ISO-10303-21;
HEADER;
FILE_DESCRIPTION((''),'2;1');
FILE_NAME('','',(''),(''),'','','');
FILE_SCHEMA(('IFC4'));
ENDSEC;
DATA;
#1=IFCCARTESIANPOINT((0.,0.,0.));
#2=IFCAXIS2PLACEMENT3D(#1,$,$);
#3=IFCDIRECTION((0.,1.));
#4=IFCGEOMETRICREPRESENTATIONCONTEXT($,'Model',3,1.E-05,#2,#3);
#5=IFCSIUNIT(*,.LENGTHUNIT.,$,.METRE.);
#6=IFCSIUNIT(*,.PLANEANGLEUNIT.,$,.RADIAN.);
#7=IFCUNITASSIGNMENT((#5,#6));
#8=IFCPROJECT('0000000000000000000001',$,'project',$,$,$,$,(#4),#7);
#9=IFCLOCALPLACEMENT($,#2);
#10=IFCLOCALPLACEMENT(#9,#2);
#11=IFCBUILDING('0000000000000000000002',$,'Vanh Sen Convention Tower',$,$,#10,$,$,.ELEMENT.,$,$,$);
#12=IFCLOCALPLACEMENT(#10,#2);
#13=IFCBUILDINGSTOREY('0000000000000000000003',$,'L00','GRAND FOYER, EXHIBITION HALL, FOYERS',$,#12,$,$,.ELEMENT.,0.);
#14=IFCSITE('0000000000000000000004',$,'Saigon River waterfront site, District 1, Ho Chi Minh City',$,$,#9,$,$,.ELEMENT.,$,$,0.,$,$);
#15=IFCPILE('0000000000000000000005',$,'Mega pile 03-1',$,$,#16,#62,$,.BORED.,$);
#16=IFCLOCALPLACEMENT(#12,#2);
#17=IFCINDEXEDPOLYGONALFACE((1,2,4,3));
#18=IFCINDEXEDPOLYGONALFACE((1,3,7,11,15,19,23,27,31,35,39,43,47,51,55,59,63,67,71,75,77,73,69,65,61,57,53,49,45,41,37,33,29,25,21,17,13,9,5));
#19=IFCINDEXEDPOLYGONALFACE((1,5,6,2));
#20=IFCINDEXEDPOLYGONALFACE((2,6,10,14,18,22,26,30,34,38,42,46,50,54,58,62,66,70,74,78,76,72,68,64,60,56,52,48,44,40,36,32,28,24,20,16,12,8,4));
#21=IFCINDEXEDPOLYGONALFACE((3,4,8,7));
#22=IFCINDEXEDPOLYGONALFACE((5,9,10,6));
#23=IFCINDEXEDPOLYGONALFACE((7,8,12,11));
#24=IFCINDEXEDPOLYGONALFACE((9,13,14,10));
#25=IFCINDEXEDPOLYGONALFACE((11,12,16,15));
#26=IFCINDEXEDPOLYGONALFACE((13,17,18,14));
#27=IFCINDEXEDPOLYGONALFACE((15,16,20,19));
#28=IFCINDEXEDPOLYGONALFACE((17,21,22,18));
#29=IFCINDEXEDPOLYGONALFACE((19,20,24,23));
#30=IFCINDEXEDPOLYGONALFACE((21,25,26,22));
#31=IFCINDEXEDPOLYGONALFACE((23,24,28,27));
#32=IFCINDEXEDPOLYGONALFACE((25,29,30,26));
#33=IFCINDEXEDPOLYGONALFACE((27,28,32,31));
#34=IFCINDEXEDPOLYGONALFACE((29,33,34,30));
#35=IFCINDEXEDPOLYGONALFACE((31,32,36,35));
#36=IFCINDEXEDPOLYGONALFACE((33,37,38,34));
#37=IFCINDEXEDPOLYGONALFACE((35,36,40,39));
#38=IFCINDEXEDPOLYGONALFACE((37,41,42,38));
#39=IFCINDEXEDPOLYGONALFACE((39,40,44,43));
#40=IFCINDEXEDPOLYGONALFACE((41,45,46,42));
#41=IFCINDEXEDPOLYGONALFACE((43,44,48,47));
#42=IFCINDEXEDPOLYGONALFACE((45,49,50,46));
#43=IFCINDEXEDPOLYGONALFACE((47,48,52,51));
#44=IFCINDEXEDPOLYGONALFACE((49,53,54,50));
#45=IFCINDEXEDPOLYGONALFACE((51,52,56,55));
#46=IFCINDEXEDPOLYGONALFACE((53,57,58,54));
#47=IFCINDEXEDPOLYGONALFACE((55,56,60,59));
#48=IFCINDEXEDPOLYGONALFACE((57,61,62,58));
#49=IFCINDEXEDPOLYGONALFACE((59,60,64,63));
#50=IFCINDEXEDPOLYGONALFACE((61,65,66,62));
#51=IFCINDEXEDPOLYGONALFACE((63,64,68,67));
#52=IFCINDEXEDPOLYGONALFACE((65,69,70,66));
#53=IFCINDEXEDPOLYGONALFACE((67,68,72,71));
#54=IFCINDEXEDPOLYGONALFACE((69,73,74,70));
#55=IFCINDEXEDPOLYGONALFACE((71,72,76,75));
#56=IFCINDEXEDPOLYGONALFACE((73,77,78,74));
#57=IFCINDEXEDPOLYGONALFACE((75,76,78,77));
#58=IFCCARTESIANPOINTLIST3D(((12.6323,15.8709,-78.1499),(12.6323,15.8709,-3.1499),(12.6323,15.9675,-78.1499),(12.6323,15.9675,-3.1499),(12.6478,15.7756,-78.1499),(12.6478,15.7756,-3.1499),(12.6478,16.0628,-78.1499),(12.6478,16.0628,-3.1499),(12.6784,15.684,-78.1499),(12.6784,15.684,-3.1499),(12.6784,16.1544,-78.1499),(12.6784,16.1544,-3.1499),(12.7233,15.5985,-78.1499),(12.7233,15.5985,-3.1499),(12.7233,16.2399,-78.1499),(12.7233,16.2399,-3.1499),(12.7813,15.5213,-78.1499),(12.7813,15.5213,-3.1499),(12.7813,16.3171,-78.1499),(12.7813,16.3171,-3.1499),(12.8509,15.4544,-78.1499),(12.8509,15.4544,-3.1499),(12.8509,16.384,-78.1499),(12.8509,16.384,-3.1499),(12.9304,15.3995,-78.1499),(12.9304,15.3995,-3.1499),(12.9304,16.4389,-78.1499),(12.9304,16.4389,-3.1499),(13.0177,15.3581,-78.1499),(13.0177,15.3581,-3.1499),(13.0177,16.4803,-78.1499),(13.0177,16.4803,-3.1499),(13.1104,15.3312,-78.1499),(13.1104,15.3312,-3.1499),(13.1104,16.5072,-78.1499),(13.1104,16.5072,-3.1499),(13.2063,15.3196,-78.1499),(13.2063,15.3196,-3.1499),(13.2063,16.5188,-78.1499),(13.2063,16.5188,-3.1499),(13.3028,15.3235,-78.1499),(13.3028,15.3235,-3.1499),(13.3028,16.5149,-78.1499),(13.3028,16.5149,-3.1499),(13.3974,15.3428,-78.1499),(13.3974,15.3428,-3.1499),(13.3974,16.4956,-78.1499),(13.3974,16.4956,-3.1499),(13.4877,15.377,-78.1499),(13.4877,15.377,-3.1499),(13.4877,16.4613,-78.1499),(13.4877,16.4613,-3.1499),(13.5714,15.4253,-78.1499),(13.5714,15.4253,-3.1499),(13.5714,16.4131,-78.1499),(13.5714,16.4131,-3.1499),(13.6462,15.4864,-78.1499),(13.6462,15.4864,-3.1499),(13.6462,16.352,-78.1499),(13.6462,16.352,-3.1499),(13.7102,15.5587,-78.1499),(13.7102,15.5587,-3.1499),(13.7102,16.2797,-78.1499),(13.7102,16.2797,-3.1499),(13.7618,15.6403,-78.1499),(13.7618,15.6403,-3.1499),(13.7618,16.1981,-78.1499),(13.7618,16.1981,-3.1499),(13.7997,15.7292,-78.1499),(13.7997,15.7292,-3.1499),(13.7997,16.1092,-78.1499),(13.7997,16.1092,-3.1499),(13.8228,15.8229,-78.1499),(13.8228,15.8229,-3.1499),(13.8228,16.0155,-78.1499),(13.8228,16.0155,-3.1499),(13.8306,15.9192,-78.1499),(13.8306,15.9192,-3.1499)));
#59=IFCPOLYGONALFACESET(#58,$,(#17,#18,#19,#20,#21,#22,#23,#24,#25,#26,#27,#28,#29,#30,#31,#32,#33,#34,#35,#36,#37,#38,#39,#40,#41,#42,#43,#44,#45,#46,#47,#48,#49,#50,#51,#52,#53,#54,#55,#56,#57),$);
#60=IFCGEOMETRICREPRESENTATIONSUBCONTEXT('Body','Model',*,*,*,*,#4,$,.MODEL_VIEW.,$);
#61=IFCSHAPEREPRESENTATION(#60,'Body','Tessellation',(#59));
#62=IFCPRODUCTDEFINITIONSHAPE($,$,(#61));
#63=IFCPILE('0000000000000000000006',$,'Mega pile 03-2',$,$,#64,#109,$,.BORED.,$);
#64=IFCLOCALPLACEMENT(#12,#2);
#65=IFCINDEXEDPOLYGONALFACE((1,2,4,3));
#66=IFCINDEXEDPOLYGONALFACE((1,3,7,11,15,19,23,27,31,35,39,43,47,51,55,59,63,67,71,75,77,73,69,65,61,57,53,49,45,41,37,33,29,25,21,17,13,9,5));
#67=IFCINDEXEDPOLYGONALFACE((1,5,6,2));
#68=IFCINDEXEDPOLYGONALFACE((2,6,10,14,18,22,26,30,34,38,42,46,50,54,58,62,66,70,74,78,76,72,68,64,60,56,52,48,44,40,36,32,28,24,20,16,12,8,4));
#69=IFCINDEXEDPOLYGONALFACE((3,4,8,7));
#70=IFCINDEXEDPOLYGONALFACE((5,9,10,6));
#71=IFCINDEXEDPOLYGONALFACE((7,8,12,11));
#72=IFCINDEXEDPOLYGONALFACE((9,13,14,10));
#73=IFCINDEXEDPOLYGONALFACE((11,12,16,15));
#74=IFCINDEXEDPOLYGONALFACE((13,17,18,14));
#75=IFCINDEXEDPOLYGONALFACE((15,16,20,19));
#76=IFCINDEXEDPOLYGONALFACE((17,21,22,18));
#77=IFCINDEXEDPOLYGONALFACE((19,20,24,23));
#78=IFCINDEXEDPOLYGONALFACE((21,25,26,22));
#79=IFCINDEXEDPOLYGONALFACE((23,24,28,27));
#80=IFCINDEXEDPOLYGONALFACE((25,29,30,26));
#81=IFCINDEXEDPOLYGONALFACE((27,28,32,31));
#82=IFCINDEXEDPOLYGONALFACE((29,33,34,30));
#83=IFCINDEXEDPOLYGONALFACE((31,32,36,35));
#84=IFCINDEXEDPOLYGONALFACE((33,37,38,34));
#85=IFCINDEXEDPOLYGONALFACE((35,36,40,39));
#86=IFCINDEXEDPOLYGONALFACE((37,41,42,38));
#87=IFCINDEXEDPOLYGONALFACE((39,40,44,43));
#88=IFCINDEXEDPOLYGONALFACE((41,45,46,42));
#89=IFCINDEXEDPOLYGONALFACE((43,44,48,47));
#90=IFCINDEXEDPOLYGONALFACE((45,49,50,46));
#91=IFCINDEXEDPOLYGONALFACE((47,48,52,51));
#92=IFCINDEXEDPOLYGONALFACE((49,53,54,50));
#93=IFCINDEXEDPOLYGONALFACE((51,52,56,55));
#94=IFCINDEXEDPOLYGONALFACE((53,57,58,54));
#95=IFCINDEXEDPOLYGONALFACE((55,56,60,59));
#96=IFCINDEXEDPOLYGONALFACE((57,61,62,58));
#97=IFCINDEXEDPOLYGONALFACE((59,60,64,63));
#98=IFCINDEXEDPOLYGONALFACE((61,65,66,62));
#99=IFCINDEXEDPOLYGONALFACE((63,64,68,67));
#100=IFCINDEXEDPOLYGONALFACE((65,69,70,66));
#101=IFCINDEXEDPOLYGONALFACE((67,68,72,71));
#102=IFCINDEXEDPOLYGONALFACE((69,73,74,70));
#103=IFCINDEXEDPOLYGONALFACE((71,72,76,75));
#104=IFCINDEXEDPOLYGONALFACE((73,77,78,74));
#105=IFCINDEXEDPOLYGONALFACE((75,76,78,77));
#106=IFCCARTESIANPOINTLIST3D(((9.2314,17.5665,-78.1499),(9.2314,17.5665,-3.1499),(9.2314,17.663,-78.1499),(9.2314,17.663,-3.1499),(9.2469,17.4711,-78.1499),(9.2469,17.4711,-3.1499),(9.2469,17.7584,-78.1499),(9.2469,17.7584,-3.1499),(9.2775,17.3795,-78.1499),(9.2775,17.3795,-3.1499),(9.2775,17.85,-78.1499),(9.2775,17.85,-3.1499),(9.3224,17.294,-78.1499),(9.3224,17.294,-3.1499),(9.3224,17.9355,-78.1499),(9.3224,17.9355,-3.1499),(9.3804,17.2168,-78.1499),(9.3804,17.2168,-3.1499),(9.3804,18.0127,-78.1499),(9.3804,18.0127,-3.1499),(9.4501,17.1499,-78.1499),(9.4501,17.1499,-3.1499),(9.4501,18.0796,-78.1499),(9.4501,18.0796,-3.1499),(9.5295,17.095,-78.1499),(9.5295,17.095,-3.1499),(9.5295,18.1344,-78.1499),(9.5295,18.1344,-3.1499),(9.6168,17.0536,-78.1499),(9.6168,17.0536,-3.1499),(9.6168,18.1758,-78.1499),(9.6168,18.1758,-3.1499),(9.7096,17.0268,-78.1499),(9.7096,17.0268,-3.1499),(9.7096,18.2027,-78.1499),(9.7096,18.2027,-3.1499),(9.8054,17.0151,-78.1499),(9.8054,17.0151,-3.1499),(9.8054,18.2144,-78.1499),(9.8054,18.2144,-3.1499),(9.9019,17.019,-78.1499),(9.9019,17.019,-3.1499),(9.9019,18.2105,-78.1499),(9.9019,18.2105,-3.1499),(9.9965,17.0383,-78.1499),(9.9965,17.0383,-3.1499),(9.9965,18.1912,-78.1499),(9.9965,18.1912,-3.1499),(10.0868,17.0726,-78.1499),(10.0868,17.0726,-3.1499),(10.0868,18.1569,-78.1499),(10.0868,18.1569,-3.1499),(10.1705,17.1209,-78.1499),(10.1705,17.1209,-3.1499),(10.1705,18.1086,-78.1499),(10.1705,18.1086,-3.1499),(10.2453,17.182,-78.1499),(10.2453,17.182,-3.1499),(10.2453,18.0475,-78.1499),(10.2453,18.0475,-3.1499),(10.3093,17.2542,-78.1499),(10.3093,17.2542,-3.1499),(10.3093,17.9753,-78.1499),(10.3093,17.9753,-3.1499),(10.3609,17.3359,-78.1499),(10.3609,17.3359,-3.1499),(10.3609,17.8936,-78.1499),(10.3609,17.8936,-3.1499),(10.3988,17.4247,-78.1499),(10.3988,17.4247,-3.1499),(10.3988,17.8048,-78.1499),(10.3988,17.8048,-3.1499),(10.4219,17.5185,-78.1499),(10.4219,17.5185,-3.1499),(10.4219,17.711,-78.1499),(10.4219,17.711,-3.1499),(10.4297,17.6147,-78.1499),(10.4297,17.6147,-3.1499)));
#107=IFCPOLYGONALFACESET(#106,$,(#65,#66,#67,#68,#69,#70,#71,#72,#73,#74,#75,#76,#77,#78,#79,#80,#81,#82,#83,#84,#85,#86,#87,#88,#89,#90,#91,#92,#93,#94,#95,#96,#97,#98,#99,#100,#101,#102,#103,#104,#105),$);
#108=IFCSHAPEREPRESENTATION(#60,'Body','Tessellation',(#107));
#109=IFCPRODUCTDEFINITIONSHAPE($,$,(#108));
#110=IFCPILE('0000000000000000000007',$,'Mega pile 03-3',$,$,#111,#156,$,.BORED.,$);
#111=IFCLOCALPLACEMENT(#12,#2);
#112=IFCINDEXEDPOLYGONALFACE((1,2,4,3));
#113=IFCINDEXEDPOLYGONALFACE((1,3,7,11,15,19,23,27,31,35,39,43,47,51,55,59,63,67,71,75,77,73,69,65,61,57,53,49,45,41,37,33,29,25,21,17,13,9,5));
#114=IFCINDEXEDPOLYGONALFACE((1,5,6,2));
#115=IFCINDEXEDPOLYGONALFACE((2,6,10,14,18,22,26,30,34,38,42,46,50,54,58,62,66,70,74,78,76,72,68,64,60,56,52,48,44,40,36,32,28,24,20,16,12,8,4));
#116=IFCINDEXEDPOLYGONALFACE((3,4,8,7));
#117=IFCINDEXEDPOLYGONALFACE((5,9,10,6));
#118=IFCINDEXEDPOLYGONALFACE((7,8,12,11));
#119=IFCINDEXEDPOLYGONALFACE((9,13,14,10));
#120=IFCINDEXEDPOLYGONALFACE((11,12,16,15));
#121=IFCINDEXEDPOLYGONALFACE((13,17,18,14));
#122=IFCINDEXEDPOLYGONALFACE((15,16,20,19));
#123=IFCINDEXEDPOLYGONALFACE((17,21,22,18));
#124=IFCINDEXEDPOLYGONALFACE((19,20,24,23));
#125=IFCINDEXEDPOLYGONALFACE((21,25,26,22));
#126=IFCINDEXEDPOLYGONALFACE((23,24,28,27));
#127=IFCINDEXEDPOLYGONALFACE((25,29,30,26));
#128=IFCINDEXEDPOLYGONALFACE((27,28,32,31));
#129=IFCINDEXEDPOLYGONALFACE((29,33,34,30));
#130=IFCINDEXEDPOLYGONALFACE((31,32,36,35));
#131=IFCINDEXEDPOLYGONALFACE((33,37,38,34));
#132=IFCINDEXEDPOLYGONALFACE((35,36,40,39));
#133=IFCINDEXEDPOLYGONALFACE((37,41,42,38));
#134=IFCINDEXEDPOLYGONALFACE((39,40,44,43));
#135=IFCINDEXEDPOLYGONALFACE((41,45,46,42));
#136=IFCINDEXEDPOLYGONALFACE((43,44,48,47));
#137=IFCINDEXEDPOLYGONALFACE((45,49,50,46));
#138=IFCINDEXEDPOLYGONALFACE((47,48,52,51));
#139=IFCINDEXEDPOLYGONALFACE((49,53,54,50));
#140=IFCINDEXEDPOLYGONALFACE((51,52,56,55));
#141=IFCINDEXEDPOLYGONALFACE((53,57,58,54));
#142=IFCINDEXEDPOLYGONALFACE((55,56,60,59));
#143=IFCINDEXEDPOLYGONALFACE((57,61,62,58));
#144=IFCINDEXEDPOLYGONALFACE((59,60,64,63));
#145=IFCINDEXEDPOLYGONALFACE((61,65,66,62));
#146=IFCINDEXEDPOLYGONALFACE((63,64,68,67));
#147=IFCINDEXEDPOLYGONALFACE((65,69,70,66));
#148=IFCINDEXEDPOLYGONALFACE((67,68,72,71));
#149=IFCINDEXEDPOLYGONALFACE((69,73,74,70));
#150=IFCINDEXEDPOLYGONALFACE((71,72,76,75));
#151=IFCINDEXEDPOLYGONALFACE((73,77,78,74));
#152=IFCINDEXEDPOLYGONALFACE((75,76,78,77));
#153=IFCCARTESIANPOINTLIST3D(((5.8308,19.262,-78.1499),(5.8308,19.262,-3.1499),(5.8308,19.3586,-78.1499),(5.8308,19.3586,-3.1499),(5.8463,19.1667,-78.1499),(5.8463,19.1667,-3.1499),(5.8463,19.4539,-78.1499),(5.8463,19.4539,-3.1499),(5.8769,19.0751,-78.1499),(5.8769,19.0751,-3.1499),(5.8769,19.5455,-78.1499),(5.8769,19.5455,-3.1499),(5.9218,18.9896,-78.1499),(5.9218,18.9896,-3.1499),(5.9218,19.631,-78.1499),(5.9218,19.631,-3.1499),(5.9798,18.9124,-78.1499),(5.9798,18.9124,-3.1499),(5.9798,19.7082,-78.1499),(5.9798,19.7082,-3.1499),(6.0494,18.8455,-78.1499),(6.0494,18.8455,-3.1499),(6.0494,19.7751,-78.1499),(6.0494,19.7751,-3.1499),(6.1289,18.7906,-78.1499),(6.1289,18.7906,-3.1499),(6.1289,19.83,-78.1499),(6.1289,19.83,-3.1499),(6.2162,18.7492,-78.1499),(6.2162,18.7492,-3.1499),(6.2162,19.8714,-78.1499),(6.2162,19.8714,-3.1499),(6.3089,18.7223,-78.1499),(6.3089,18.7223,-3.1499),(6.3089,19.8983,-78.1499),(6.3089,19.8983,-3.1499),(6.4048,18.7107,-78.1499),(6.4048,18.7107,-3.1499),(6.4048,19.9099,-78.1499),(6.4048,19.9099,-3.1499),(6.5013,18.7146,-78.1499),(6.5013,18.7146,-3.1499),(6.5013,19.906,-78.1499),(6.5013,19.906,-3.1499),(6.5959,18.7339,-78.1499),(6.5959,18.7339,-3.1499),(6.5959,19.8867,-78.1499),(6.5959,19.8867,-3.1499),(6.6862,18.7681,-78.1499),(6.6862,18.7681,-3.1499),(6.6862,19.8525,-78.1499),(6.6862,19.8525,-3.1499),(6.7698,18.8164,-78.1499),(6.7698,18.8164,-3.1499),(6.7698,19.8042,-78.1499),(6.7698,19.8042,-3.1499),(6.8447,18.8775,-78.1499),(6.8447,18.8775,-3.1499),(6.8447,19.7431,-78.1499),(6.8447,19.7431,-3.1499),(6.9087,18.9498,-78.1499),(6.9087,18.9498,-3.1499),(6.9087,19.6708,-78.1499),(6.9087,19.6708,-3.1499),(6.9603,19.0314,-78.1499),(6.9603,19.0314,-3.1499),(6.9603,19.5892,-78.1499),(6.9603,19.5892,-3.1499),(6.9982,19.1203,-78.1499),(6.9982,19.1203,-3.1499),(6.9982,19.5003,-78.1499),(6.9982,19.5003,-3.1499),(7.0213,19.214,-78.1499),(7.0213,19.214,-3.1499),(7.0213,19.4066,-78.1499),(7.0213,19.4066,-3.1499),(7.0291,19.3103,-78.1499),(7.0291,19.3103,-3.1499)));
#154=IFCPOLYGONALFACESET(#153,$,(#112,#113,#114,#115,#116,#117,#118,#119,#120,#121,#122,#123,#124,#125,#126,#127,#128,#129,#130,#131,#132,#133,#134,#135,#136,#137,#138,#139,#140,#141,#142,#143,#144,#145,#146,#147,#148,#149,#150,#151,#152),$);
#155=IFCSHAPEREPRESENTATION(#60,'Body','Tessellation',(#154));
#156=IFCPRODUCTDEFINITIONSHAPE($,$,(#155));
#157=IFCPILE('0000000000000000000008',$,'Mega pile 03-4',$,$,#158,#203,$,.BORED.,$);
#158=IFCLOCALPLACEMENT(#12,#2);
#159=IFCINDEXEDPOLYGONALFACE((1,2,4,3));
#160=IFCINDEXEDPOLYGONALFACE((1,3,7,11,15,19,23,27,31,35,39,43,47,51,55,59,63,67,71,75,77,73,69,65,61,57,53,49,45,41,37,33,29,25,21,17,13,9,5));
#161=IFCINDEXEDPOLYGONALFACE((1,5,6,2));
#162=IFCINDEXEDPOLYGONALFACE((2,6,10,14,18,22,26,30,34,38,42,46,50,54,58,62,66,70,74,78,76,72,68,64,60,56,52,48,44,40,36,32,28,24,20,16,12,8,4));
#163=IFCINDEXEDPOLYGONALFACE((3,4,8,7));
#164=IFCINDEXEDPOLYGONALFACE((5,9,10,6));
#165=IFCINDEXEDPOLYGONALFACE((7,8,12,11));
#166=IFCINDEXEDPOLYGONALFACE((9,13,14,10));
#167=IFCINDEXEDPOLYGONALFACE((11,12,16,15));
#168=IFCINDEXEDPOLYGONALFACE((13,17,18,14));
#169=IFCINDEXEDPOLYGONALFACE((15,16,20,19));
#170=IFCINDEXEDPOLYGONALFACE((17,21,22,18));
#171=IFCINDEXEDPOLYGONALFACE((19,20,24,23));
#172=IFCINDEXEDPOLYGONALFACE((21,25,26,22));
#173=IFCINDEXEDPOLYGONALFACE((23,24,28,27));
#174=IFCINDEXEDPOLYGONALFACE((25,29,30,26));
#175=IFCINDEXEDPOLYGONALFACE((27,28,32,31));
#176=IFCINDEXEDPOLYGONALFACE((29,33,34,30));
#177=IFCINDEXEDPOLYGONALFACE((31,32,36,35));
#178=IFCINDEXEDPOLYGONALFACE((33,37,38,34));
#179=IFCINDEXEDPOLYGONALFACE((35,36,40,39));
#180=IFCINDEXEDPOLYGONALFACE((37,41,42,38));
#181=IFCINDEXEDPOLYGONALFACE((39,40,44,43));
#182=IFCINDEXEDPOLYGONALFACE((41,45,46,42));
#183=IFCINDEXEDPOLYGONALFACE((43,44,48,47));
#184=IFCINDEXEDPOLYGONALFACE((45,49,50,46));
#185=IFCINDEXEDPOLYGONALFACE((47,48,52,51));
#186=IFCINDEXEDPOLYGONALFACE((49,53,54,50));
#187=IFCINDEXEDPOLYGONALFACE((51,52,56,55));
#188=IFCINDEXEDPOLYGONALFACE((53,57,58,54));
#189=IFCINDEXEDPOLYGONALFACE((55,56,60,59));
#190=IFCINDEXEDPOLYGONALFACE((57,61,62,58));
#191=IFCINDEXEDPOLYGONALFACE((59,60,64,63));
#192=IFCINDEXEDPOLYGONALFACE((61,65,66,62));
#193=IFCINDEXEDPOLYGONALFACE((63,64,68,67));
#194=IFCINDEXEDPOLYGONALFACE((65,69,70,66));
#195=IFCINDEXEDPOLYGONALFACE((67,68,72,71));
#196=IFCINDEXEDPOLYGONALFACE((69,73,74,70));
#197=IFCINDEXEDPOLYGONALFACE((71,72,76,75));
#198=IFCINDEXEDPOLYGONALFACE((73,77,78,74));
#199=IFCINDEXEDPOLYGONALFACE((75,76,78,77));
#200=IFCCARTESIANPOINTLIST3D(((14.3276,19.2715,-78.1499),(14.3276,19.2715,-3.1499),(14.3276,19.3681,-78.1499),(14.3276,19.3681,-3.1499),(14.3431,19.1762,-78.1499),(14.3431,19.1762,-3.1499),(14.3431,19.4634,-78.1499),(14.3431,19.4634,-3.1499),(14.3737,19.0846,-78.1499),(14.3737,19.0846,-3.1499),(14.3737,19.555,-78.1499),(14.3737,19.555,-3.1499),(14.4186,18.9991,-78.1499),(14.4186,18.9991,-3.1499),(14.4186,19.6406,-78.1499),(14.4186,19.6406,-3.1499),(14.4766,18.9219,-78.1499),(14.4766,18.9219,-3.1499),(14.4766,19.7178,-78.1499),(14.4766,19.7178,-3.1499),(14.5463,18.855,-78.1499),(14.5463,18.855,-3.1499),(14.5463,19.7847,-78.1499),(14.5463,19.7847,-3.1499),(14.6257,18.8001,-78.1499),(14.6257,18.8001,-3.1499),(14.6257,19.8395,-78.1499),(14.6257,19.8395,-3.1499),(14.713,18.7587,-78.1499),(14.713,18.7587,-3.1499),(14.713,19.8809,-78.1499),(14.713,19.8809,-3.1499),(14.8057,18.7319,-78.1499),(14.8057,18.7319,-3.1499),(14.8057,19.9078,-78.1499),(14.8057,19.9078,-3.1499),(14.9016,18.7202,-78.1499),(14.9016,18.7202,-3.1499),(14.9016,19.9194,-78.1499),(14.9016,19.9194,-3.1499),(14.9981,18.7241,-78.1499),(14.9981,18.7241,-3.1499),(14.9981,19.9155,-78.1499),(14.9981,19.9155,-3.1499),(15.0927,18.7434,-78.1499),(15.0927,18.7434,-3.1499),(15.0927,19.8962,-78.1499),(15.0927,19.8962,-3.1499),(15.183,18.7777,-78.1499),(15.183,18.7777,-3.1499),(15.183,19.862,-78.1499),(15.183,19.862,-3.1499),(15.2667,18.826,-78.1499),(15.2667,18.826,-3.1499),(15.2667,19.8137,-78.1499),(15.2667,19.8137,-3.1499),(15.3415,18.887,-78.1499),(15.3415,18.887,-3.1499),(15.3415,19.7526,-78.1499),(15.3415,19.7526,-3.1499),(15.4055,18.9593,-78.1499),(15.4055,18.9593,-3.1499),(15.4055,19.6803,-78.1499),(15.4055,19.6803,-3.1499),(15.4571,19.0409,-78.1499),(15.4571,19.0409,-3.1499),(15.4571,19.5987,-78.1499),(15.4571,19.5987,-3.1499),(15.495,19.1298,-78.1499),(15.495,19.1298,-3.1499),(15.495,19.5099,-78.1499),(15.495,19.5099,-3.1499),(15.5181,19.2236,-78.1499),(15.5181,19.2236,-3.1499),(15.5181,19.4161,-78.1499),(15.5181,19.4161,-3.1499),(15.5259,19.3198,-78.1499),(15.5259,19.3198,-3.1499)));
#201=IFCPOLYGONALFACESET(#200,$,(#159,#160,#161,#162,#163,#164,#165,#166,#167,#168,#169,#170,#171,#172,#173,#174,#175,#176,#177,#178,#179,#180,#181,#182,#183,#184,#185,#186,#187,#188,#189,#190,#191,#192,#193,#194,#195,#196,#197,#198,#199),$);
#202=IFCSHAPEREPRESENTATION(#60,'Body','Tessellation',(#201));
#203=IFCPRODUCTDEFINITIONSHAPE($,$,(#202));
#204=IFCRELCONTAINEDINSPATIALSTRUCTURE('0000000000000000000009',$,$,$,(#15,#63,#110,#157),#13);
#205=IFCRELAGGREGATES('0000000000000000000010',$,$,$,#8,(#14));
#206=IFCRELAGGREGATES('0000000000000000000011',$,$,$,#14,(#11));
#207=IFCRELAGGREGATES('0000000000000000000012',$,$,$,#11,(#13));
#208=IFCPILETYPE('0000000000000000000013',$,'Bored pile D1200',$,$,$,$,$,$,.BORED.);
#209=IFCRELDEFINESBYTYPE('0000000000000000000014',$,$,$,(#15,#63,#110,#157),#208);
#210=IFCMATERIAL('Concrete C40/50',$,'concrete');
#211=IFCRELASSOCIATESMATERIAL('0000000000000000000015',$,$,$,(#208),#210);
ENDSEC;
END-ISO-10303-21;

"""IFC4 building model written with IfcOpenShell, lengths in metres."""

from ifc_helpers import new_model, si_unit, direction, frame, origin, origin_2d, place, context, subcontext, project, spatial, circle, extrude, material, material_profile, profile_set, type_object, element, save


model = new_model("IFC4")

# Units and contexts
model_context = context("Model", 3, precision=1e-05, world=origin(), true_north=direction((0.0, 1.0)))
body_context = subcontext(model_context, "Body", "Model", "MODEL_VIEW")
ifc_project = project(units=[si_unit("LENGTHUNIT", "METRE"), si_unit("PLANEANGLEUNIT", "RADIAN")], contexts=[model_context])

# Site, building, storey
site_placement = place(None, origin())
site = spatial("IfcSite", under=ifc_project, at=site_placement, Name="Saigon River waterfront site, District 1, Ho Chi Minh City", CompositionType="ELEMENT", RefElevation=0.0)
building_placement = place(site_placement, origin())
building = spatial("IfcBuilding", under=site, at=building_placement, Name="Vanh Sen Convention Tower", CompositionType="ELEMENT")
storey_placement = place(building_placement, origin())
storey = spatial("IfcBuildingStorey", under=building, at=storey_placement, Name="L00", Description="GRAND FOYER, EXHIBITION HALL, FOYERS", CompositionType="ELEMENT", Elevation=0.0)

# Piles
ifc_material_1 = material(Name="Concrete C40/50", Category="concrete")
ifc_material_profile_1 = material_profile(ifc_material_1, circle(Radius=0.6001, at=origin_2d()), Name="Bored pile D1200")
ifc_profile_set_1 = profile_set([ifc_material_profile_1], Name="Concrete C40/50")
pile_type_1 = type_object("IfcPileType", Name="Bored pile D1200", PredefinedType="BORED", material=ifc_profile_set_1)
for number, where, z_axis, x_axis, name in (
    (1, (13.2305, 15.9192, -3.1499), (0.0, 0.0, -1.0), (1.0, 0.0, 0.0), "Mega pile 03-1"),
    (2, (9.8296, 17.6147, -3.1499), (0.0, 0.0, -1.0), (1.0, 0.0, 0.0), "Mega pile 03-2"),
    (3, (6.429, 19.3103, -3.1499), (0.0, 0.0, -1.0), (1.0, 0.0, 0.0), "Mega pile 03-3"),
    (4, (14.9258, 19.3198, -3.1499), (0.0, 0.0, -1.0), (1.0, 0.0, 0.0), "Mega pile 03-4"),
):
    element("IfcPile", number, at=place(storey_placement, frame(where, z_axis=z_axis, x_axis=x_axis)), inside=storey, type_object=pile_type_1, Name=name, PredefinedType="BORED", context=body_context, shape_type="SweptSolid", body=[
        extrude(circle(Radius=0.6001, at=origin_2d()), origin(), (0.0, 0.0, 1.0), 75.0),
    ])

save(model, "model.ifc")
